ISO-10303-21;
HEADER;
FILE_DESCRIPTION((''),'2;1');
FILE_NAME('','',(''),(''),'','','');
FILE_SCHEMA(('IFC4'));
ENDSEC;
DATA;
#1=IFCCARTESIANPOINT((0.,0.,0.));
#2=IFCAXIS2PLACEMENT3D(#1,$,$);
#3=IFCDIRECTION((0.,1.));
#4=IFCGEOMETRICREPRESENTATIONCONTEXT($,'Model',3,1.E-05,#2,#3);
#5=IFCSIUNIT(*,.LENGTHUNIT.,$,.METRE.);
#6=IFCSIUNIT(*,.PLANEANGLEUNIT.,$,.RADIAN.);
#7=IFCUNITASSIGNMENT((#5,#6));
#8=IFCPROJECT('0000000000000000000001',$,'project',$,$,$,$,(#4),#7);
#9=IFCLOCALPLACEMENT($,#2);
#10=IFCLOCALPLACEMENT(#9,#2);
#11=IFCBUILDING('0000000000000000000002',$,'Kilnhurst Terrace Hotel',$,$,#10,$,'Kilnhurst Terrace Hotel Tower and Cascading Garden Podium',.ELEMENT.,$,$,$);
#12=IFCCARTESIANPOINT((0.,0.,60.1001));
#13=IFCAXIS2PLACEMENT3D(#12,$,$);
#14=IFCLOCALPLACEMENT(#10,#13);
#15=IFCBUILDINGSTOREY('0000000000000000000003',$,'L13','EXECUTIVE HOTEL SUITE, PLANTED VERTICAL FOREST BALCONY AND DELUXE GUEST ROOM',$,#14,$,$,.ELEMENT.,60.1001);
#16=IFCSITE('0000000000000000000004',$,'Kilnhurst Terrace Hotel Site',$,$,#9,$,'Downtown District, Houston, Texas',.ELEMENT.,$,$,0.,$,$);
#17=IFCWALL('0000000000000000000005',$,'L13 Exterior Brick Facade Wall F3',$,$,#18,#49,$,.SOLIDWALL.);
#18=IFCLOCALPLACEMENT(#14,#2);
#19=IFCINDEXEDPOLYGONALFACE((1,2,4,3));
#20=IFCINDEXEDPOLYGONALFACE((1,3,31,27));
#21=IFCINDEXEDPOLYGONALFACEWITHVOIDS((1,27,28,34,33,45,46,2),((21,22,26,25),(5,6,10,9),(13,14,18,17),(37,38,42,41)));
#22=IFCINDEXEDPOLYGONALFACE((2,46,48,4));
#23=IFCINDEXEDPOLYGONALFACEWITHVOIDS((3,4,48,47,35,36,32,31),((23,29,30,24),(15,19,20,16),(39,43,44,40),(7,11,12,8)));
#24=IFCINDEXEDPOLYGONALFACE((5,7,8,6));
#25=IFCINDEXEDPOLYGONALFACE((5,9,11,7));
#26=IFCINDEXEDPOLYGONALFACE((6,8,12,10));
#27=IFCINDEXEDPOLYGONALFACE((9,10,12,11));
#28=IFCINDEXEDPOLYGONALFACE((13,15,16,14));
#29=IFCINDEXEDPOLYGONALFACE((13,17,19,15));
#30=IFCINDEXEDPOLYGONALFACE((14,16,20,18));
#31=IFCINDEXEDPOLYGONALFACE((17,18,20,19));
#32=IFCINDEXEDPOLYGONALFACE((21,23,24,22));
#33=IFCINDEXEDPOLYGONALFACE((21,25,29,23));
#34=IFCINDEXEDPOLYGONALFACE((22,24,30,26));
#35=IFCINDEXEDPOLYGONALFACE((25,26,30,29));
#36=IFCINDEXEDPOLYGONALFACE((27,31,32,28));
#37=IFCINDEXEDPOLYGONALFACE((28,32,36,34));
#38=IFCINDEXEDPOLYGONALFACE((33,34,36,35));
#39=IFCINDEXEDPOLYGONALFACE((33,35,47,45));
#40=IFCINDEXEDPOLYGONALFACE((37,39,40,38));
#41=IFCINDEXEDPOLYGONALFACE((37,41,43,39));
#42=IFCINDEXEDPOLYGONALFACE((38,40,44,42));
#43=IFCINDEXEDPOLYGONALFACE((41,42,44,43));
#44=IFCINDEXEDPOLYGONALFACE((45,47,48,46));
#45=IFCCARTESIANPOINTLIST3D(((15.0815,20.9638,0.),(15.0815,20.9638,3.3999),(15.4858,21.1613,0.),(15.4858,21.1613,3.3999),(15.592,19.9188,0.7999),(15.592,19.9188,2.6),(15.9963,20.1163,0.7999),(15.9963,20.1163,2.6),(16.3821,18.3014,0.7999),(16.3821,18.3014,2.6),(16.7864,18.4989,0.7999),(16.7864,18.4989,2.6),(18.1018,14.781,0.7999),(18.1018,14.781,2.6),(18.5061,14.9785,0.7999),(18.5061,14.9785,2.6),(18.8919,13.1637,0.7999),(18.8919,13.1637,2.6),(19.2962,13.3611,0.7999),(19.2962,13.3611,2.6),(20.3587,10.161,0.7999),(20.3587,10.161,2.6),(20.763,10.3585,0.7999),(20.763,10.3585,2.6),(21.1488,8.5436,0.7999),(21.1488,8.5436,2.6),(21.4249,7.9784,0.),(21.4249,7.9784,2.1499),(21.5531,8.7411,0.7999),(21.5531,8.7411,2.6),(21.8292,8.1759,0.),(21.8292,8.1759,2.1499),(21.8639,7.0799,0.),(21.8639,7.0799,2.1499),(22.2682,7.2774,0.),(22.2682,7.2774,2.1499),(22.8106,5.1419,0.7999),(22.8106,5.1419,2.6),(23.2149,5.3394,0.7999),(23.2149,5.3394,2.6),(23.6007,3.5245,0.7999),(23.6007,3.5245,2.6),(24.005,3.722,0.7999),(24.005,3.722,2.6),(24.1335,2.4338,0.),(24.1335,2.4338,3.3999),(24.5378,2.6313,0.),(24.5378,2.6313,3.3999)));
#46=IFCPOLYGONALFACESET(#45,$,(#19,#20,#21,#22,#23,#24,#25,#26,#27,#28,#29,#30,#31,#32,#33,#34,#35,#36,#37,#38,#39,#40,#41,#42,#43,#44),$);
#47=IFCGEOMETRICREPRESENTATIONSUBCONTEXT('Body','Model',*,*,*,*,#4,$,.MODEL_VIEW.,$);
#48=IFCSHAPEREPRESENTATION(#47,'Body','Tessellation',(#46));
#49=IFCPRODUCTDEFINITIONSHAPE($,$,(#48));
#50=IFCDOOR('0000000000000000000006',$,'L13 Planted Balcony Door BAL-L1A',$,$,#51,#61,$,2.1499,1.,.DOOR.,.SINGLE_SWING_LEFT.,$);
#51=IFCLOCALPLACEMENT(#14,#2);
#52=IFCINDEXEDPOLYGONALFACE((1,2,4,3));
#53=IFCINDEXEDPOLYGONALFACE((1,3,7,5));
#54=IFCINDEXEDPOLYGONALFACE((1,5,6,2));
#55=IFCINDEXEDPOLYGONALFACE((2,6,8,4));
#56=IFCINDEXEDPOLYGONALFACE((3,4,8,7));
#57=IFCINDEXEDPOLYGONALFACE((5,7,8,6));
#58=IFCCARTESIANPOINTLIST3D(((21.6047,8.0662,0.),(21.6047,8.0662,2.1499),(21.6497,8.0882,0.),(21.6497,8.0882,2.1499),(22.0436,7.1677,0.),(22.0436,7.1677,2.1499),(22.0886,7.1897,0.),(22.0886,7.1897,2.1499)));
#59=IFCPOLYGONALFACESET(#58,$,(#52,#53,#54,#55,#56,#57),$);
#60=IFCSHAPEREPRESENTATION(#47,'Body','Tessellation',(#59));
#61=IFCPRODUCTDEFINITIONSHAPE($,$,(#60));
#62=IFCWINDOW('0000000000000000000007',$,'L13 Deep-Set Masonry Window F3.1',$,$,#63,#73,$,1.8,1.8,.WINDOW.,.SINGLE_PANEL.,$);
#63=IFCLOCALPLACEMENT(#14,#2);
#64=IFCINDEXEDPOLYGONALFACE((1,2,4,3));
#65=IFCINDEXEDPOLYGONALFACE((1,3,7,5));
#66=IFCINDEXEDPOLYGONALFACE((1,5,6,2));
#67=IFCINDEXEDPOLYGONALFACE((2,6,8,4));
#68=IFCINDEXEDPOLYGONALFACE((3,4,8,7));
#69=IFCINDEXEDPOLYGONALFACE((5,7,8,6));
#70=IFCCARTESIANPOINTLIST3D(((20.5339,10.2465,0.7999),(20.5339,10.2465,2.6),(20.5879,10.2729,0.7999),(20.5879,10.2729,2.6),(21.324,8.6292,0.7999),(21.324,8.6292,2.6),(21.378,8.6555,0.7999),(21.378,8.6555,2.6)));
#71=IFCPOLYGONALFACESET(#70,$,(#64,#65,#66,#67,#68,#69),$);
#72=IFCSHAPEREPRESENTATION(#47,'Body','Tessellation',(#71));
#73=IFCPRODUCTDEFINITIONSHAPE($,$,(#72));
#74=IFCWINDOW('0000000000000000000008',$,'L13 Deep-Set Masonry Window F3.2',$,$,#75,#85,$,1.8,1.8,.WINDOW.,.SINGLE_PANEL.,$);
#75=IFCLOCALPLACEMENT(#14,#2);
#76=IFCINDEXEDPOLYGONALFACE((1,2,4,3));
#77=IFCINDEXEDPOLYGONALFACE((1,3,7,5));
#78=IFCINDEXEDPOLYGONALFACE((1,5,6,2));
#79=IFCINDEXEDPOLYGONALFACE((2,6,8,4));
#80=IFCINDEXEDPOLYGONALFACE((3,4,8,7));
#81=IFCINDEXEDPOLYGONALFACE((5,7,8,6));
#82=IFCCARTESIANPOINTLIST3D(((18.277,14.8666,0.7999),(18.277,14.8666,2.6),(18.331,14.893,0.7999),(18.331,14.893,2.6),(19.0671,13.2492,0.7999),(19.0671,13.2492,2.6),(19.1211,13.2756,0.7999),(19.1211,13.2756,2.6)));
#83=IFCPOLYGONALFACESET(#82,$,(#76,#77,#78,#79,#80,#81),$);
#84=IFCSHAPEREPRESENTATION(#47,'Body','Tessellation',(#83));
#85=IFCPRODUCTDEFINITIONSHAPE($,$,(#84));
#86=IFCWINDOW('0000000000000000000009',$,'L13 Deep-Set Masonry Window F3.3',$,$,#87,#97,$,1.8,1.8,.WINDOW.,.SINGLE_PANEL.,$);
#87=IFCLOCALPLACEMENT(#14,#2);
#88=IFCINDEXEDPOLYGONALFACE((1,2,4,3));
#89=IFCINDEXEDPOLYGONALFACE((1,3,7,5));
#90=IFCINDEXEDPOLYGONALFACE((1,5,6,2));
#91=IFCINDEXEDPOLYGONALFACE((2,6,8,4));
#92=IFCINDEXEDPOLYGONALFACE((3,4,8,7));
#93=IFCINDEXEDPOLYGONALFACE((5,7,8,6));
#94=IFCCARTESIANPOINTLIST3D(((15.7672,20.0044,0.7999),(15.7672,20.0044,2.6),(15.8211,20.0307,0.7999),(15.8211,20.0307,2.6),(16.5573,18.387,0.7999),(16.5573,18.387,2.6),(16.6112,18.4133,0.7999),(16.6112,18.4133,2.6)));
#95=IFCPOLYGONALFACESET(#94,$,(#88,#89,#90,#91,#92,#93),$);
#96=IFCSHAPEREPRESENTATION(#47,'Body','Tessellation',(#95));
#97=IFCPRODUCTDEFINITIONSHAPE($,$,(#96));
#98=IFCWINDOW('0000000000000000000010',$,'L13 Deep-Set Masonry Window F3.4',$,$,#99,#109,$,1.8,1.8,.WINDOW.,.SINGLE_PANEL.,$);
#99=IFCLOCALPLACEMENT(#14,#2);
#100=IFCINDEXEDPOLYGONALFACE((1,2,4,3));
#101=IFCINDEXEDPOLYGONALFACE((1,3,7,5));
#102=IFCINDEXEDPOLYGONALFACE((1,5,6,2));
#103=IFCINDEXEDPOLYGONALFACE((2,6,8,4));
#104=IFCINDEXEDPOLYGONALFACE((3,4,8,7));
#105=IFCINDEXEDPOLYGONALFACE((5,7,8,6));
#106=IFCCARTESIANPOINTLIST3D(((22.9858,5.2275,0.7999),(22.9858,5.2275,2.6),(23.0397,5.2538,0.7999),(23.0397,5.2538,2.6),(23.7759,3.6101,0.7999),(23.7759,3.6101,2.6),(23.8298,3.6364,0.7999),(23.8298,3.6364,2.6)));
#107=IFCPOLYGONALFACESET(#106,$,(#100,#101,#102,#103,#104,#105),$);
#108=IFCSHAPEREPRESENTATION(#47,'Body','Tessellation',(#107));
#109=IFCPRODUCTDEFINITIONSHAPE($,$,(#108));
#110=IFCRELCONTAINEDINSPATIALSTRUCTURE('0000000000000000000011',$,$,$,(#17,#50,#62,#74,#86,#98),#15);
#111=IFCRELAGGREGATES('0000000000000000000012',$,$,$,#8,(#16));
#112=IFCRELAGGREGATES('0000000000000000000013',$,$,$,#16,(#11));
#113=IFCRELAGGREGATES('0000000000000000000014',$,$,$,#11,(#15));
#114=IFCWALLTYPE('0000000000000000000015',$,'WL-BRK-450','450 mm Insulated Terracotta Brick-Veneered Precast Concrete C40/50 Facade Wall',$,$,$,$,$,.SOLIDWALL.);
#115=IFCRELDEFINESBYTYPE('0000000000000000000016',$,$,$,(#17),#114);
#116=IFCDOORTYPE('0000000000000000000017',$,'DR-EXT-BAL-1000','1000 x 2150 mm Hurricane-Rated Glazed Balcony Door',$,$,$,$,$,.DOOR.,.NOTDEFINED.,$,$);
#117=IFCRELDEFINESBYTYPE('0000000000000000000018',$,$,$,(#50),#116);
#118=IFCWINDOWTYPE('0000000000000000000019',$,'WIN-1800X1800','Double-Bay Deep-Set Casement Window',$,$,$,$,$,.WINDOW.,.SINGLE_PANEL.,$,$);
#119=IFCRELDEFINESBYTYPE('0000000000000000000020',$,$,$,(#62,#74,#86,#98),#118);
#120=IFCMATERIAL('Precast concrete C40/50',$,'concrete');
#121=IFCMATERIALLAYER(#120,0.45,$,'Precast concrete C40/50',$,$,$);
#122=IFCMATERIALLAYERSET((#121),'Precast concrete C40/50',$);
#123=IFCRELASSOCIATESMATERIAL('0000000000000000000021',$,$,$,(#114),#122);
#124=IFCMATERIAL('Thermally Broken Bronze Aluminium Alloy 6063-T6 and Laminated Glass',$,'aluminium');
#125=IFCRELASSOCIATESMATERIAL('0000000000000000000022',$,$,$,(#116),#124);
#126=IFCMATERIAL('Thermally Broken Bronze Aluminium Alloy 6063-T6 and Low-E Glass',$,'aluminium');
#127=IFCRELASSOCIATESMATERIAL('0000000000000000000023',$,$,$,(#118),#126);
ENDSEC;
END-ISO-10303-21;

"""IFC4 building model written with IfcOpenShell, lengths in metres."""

from ifc_helpers import new_model, si_unit, direction, frame, frame_2d, origin, place, context, subcontext, project, spatial, rectangle, extrude, material, layer, layer_set, type_object, element, fill, save


model = new_model("IFC4")

# Units and contexts
model_context = context("Model", 3, precision=1e-05, world=origin(), true_north=direction((0.0, 1.0)))
body_context = subcontext(model_context, "Body", "Model", "MODEL_VIEW")
ifc_project = project(units=[si_unit("LENGTHUNIT", "METRE"), si_unit("PLANEANGLEUNIT", "RADIAN")], contexts=[model_context])

# Site, building, storey
site_placement = place(None, origin())
site = spatial("IfcSite", under=ifc_project, at=site_placement, Name="Kilnhurst Terrace Hotel Site", LongName="Downtown District, Houston, Texas", CompositionType="ELEMENT", RefElevation=0.0)
building_placement = place(site_placement, origin())
building = spatial("IfcBuilding", under=site, at=building_placement, Name="Kilnhurst Terrace Hotel", LongName="Kilnhurst Terrace Hotel Tower and Cascading Garden Podium", CompositionType="ELEMENT")
storey_placement = place(building_placement, frame((0.0, 0.0, 60.1001)))
storey = spatial("IfcBuildingStorey", under=building, at=storey_placement, Name="L13", Description="EXECUTIVE HOTEL SUITE, PLANTED VERTICAL FOREST BALCONY AND DELUXE GUEST ROOM", CompositionType="ELEMENT", Elevation=60.1001)

# Shared definitions
ifc_material_1 = material(Name="Precast concrete C40/50", Category="concrete")
ifc_layer_1 = layer(ifc_material_1, 0.45, Name="Precast concrete C40/50")
ifc_layer_set_1 = layer_set([ifc_layer_1], Name="Precast concrete C40/50")
wall_type_1 = type_object("IfcWallType", Name="WL-BRK-450", Description="450 mm Insulated Terracotta Brick-Veneered Precast Concrete C40/50 Facade Wall", PredefinedType="SOLIDWALL", material=ifc_layer_set_1)

# Wall, openings, door, windows
wall_1_placement = place(storey_placement, frame((24.3357, 2.5325, 0.0), z_axis=(0.0, 0.0, 1.0), x_axis=(-0.438931, 0.898521, 0.0)))
wall_1 = element("IfcWall", 1, at=wall_1_placement, inside=storey, type_object=wall_type_1, Name="L13 Exterior Brick Facade Wall F3", PredefinedType="SOLIDWALL", context=body_context, shape_type="SweptSolid", body=[
    extrude(rectangle(XDim=20.6228, YDim=0.45, at=frame_2d((10.3115, 0.0))), origin(), (0.0, 0.0, 1.0), 3.3999),
])
opening_1_placement = place(wall_1_placement, frame((5.1709, 0.0, 0.0)))
opening_1 = element("IfcOpeningElement", 2, at=opening_1_placement, cuts=wall_1, PredefinedType="OPENING", context=body_context, shape_type="SweptSolid", body=[
    extrude(rectangle(XDim=1.0, YDim=2.1499, at=frame_2d((0.5, 1.075))), frame((0.0, 0.2349, 0.0), z_axis=(0.0, -1.0, 0.0), x_axis=(1.0, 0.0, 0.0)), (0.0, 0.0, 1.0), 0.47),
])
opening_2_placement = place(wall_1_placement, frame((6.8, 0.0, 0.8)))
opening_2 = element("IfcOpeningElement", 3, at=opening_2_placement, cuts=wall_1, PredefinedType="OPENING", context=body_context, shape_type="SweptSolid", body=[
    extrude(rectangle(XDim=1.8, YDim=1.8, at=frame_2d((0.8999, 0.8999))), frame((0.0, 0.2349, 0.0), z_axis=(0.0, -1.0, 0.0), x_axis=(1.0, 0.0, 0.0)), (0.0, 0.0, 1.0), 0.47),
])
opening_3_placement = place(wall_1_placement, frame((11.9419, 0.0, 0.8)))
opening_3 = element("IfcOpeningElement", 4, at=opening_3_placement, cuts=wall_1, PredefinedType="OPENING", context=body_context, shape_type="SweptSolid", body=[
    extrude(rectangle(XDim=1.8, YDim=1.8, at=frame_2d((0.8999, 0.8999))), frame((0.0, 0.2349, 0.0), z_axis=(0.0, -1.0, 0.0), x_axis=(1.0, 0.0, 0.0)), (0.0, 0.0, 1.0), 0.47),
])
opening_4_placement = place(wall_1_placement, frame((17.6599, 0.0, 0.8)))
opening_4 = element("IfcOpeningElement", 5, at=opening_4_placement, cuts=wall_1, PredefinedType="OPENING", context=body_context, shape_type="SweptSolid", body=[
    extrude(rectangle(XDim=1.8, YDim=1.8, at=frame_2d((0.8999, 0.8999))), frame((0.0, 0.2349, 0.0), z_axis=(0.0, -1.0, 0.0), x_axis=(1.0, 0.0, 0.0)), (0.0, 0.0, 1.0), 0.47),
])
opening_5_placement = place(wall_1_placement, frame((1.2141, 0.0, 0.8)))
opening_5 = element("IfcOpeningElement", 6, at=opening_5_placement, cuts=wall_1, PredefinedType="OPENING", context=body_context, shape_type="SweptSolid", body=[
    extrude(rectangle(XDim=1.8, YDim=1.8, at=frame_2d((0.8999, 0.8999))), frame((0.0, 0.2349, 0.0), z_axis=(0.0, -1.0, 0.0), x_axis=(1.0, 0.0, 0.0)), (0.0, 0.0, 1.0), 0.47),
])
ifc_material_2 = material(Name="Thermally Broken Bronze Aluminium Alloy 6063-T6 and Laminated Glass", Category="aluminium")
door_type_1 = type_object("IfcDoorType", Name="DR-EXT-BAL-1000", Description="1000 x 2150 mm Hurricane-Rated Glazed Balcony Door", OperationType="NOTDEFINED", PredefinedType="DOOR", material=ifc_material_2)
door_1_placement = place(opening_1_placement, origin())
door_1 = element("IfcDoor", 7, at=door_1_placement, inside=storey, type_object=door_type_1, Name="L13 Planted Balcony Door BAL-L1A", OperationType="SINGLE_SWING_LEFT", OverallHeight=2.1499, OverallWidth=1.0, PredefinedType="DOOR", context=body_context, shape_type="SweptSolid", body=[
    extrude(rectangle(XDim=1.0, YDim=2.1499, at=frame_2d((0.5, 1.075))), frame((0.0, 0.0249, 0.0), z_axis=(0.0, -1.0, 0.0), x_axis=(1.0, 0.0, 0.0)), (0.0, 0.0, 1.0), 0.05),
])
fill(opening_1, door_1)
ifc_material_3 = material(Name="Thermally Broken Bronze Aluminium Alloy 6063-T6 and Low-E Glass", Category="aluminium")
window_type = type_object("IfcWindowType", Name="WIN-1800X1800", Description="Double-Bay Deep-Set Casement Window", PartitioningType="SINGLE_PANEL", PredefinedType="WINDOW", material=ifc_material_3)
window_1_placement = place(opening_2_placement, origin())
window_1 = element("IfcWindow", 8, at=window_1_placement, inside=storey, type_object=window_type, Name="L13 Deep-Set Masonry Window F3.1", OverallHeight=1.8, OverallWidth=1.8, PartitioningType="SINGLE_PANEL", PredefinedType="WINDOW", context=body_context, shape_type="SweptSolid", body=[
    extrude(rectangle(XDim=1.8, YDim=1.8, at=frame_2d((0.8999, 0.8999))), frame((0.0, 0.03, 0.0), z_axis=(0.0, -1.0, 0.0), x_axis=(1.0, 0.0, 0.0)), (0.0, 0.0, 1.0), 0.0601),
])
fill(opening_2, window_1)
window_2_placement = place(opening_3_placement, origin())
window_2 = element("IfcWindow", 9, at=window_2_placement, inside=storey, type_object=window_type, Name="L13 Deep-Set Masonry Window F3.2", OverallHeight=1.8, OverallWidth=1.8, PartitioningType="SINGLE_PANEL", PredefinedType="WINDOW", context=body_context, shape_type="SweptSolid", body=[
    extrude(rectangle(XDim=1.8, YDim=1.8, at=frame_2d((0.8999, 0.8999))), frame((0.0, 0.03, 0.0), z_axis=(0.0, -1.0, 0.0), x_axis=(1.0, 0.0, 0.0)), (0.0, 0.0, 1.0), 0.0601),
])
fill(opening_3, window_2)
window_3_placement = place(opening_4_placement, origin())
window_3 = element("IfcWindow", 10, at=window_3_placement, inside=storey, type_object=window_type, Name="L13 Deep-Set Masonry Window F3.3", OverallHeight=1.8, OverallWidth=1.8, PartitioningType="SINGLE_PANEL", PredefinedType="WINDOW", context=body_context, shape_type="SweptSolid", body=[
    extrude(rectangle(XDim=1.8, YDim=1.8, at=frame_2d((0.8999, 0.8999))), frame((0.0, 0.03, 0.0), z_axis=(0.0, -1.0, 0.0), x_axis=(1.0, 0.0, 0.0)), (0.0, 0.0, 1.0), 0.0601),
])
fill(opening_4, window_3)
window_4_placement = place(opening_5_placement, origin())
window_4 = element("IfcWindow", 11, at=window_4_placement, inside=storey, type_object=window_type, Name="L13 Deep-Set Masonry Window F3.4", OverallHeight=1.8, OverallWidth=1.8, PartitioningType="SINGLE_PANEL", PredefinedType="WINDOW", context=body_context, shape_type="SweptSolid", body=[
    extrude(rectangle(XDim=1.8, YDim=1.8, at=frame_2d((0.8999, 0.8999))), frame((0.0, 0.03, 0.0), z_axis=(0.0, -1.0, 0.0), x_axis=(1.0, 0.0, 0.0)), (0.0, 0.0, 1.0), 0.0601),
])
fill(opening_5, window_4)

save(model, "model.ifc")
